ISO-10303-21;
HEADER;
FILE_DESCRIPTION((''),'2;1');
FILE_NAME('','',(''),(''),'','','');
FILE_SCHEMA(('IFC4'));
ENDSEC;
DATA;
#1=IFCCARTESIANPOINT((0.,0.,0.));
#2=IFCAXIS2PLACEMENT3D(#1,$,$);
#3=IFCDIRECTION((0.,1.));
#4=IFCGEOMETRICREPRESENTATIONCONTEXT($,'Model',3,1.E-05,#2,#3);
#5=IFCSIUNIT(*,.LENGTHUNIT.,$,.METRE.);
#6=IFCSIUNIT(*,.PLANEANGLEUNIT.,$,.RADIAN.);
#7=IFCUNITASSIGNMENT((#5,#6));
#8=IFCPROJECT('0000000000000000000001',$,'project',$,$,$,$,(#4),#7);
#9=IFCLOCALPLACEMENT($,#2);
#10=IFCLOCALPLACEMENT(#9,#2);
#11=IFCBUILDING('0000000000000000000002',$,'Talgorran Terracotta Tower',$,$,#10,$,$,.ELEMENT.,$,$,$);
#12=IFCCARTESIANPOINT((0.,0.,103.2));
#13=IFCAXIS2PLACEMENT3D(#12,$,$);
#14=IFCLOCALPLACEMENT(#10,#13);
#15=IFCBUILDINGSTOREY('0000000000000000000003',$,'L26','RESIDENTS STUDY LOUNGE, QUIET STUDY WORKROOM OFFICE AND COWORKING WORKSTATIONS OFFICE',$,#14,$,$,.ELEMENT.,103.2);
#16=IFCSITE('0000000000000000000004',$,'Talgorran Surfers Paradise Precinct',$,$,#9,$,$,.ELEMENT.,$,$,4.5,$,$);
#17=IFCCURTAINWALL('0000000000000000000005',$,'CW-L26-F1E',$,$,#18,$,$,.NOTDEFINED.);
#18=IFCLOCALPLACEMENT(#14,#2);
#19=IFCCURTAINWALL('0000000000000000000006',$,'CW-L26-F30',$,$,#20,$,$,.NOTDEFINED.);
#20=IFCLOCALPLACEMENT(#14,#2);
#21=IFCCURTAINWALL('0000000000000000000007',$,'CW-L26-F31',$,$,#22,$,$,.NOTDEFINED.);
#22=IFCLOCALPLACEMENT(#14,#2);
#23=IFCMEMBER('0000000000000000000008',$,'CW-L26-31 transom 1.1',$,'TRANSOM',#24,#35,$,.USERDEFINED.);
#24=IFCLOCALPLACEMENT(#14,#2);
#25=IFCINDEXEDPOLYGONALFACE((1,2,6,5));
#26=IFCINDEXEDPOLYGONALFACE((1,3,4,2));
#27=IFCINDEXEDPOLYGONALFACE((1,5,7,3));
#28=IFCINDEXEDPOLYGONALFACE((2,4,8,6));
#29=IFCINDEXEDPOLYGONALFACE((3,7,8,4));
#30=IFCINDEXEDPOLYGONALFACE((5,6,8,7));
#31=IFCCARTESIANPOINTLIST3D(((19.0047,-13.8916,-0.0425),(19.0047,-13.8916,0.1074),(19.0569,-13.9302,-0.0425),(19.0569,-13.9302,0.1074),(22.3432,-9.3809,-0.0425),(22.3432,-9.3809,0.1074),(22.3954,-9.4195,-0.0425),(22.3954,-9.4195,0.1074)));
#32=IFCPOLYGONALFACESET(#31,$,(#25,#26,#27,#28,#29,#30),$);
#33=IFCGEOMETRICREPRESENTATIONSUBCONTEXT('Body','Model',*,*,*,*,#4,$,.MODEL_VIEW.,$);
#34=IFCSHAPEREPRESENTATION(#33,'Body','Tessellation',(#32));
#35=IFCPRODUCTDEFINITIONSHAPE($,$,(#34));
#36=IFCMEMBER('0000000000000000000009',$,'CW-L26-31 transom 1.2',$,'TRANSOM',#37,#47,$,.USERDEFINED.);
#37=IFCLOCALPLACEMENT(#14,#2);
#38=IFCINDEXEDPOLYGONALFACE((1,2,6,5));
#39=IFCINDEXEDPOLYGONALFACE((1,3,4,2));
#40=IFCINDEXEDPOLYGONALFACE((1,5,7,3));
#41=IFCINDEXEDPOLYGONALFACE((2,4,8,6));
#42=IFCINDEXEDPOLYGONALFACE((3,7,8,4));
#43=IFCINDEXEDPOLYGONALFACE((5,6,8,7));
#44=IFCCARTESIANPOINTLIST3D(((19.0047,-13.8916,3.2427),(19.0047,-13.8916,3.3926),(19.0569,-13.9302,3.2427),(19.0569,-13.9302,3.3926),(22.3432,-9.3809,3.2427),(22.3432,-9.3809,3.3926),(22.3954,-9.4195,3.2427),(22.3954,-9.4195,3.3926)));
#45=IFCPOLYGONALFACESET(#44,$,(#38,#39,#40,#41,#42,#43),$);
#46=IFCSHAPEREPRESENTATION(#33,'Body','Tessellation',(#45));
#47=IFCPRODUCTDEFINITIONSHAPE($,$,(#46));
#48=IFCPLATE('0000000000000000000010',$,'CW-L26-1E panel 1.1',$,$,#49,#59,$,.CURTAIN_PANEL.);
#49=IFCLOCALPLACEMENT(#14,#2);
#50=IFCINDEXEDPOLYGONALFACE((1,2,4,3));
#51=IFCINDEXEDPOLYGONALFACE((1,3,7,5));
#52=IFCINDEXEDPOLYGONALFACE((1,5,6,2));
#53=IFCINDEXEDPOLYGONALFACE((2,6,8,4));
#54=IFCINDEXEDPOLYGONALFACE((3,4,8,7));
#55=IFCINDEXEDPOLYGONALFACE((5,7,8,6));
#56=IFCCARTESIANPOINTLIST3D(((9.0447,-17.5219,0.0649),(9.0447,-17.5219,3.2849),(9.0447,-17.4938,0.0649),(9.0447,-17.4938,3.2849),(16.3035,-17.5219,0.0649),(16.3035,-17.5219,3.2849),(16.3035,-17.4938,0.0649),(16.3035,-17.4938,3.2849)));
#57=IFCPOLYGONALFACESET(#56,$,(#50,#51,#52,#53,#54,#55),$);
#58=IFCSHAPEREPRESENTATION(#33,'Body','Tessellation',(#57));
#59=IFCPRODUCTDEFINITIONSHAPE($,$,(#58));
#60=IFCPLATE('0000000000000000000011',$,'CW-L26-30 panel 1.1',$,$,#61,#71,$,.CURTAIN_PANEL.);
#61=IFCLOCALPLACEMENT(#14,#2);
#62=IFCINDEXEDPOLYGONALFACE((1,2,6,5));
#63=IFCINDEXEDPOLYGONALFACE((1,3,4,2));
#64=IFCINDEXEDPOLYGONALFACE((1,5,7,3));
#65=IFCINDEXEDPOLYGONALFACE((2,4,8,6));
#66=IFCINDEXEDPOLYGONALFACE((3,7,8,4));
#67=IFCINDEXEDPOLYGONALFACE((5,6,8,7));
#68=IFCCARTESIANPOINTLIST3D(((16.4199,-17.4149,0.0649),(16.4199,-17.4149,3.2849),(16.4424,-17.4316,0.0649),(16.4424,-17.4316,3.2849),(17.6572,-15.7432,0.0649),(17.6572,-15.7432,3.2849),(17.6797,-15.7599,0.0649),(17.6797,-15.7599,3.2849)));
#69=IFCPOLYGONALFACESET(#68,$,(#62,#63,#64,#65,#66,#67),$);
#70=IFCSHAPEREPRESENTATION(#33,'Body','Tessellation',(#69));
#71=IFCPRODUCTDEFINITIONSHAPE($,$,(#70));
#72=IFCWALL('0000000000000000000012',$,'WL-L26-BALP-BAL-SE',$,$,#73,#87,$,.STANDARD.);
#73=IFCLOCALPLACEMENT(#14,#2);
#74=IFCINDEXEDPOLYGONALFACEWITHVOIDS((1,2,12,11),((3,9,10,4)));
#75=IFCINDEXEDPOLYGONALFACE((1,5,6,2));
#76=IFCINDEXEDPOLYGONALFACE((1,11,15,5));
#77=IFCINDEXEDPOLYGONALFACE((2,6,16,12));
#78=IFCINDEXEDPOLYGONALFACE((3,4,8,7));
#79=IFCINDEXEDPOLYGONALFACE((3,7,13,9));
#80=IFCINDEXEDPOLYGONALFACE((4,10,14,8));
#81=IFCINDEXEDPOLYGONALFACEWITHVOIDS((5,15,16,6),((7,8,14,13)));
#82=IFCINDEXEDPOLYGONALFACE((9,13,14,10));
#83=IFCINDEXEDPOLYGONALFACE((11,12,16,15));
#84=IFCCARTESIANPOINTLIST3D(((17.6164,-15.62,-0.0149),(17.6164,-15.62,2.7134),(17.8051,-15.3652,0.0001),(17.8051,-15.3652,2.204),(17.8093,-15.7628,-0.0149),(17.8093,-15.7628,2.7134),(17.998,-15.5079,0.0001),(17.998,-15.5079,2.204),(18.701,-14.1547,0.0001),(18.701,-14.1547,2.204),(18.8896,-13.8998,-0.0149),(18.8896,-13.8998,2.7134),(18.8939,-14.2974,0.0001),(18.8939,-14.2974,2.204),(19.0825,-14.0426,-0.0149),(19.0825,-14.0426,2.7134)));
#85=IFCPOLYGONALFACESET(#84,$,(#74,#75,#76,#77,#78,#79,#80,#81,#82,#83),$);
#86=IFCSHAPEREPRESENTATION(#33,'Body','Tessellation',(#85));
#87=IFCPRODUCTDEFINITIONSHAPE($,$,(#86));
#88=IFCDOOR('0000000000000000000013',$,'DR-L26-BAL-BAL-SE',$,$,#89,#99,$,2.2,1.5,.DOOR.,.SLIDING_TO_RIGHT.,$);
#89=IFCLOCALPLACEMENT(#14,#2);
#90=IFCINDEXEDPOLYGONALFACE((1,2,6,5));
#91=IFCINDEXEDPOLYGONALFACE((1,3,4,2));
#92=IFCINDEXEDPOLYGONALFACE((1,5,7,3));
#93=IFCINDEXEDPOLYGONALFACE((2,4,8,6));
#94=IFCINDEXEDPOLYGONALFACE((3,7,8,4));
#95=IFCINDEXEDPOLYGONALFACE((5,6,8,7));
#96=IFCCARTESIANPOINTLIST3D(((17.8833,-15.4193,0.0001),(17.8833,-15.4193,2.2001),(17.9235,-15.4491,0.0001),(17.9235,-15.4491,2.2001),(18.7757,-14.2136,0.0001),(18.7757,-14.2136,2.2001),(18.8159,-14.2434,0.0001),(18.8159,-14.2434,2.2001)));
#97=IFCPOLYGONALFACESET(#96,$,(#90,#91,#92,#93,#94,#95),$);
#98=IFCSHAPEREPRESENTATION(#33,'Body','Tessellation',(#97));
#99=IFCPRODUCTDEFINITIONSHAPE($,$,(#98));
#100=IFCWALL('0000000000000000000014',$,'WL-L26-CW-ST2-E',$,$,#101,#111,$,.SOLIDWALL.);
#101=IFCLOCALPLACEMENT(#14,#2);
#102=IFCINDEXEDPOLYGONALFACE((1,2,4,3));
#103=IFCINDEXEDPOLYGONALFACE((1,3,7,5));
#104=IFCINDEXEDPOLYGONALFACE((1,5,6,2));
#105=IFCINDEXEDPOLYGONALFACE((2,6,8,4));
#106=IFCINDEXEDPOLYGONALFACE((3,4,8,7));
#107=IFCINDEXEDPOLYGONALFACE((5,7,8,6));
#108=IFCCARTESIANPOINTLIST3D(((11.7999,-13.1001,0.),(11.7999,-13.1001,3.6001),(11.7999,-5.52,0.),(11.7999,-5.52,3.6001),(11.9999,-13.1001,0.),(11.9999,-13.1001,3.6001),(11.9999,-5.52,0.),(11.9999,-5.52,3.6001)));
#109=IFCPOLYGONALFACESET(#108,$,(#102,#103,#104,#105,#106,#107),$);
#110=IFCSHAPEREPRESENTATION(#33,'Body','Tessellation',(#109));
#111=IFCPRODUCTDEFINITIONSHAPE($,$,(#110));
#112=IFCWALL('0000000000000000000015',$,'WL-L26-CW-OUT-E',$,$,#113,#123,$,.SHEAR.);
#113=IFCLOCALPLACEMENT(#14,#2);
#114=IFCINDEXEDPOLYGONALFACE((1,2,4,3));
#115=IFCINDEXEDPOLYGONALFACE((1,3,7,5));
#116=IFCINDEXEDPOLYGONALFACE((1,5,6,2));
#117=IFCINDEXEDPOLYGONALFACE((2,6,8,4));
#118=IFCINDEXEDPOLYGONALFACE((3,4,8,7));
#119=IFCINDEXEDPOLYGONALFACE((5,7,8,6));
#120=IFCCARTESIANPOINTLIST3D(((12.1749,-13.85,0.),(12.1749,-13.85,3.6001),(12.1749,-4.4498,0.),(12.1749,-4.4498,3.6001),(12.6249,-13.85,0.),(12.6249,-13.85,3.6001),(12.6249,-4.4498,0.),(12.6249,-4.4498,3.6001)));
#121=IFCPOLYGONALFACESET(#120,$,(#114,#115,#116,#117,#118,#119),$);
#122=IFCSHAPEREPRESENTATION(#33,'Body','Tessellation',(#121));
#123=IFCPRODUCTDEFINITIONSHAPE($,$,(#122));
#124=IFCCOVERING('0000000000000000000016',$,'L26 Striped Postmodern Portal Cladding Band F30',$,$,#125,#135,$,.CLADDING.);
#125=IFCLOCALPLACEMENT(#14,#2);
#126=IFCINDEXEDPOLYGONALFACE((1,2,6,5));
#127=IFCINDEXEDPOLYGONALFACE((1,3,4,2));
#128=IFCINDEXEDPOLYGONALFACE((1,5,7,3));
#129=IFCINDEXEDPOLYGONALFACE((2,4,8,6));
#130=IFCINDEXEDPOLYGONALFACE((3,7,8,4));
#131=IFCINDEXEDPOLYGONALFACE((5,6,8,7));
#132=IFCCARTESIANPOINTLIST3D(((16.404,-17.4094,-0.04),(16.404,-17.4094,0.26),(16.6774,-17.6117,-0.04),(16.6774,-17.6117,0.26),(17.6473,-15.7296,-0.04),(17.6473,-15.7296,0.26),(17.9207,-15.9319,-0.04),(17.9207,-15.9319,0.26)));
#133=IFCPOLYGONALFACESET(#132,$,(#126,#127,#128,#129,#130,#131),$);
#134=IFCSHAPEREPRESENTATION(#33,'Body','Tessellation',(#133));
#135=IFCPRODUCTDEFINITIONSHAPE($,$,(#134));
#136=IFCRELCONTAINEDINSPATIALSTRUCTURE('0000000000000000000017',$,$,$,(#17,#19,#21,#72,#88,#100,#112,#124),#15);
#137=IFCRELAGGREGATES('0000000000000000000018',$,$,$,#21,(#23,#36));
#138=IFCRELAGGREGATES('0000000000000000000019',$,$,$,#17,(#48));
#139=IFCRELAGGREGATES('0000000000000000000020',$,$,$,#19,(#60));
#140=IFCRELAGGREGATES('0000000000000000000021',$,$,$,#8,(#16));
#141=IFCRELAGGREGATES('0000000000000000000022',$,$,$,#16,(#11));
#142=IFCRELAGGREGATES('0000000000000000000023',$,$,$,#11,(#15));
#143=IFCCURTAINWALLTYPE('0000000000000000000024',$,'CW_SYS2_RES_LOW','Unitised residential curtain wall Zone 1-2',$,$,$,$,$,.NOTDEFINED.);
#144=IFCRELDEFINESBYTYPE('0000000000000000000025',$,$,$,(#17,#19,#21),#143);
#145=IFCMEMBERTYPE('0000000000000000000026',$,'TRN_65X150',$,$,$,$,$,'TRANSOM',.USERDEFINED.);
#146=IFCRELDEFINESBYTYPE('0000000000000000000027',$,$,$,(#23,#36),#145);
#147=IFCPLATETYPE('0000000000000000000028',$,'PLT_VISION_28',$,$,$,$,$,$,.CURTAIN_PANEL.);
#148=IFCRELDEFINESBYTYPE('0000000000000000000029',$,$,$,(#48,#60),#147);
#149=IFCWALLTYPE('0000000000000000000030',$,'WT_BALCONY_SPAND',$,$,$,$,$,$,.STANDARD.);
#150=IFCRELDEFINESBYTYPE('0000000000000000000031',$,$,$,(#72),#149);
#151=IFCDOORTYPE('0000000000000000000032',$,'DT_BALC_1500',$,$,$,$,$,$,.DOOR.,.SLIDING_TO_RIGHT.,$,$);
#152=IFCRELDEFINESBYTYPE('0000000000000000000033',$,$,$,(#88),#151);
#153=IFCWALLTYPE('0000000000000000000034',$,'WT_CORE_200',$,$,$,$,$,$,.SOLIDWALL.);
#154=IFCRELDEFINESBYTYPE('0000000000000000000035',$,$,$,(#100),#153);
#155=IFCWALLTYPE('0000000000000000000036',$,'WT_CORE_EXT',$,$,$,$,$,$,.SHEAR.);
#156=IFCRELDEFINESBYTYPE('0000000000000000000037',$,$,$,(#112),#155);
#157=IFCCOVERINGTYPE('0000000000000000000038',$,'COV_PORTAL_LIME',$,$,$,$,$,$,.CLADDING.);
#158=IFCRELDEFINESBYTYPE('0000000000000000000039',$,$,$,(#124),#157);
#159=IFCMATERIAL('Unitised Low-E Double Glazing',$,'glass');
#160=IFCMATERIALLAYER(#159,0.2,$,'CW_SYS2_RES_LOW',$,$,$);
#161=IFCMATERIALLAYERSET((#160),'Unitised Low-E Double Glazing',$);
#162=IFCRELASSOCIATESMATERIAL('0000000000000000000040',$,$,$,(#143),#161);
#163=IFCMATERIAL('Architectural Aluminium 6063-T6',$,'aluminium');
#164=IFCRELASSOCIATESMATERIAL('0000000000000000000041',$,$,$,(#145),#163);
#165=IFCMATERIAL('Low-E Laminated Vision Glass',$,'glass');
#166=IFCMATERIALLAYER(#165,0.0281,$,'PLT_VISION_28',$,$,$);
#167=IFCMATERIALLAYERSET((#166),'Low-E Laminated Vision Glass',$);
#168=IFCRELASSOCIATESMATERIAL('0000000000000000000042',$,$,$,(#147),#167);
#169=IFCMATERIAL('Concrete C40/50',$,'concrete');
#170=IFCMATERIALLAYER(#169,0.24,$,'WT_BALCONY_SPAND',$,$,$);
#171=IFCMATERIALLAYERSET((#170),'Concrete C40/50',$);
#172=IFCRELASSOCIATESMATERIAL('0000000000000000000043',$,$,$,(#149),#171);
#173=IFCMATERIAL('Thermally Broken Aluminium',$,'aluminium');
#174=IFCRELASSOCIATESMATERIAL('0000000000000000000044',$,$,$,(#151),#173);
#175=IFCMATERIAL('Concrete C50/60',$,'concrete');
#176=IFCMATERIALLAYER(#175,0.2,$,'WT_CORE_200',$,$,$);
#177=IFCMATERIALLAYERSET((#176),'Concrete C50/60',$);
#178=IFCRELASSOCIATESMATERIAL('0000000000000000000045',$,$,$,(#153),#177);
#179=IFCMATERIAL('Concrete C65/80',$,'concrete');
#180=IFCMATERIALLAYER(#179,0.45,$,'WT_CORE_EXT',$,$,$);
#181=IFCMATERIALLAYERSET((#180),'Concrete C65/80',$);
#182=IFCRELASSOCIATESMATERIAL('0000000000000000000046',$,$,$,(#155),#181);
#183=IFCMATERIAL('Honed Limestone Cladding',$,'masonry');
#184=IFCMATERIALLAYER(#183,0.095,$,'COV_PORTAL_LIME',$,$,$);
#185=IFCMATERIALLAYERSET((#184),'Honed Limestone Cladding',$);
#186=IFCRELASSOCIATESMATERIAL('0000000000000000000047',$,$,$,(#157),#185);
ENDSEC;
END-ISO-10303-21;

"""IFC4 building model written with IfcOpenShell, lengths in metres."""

from ifc_helpers import new_model, si_unit, direction, frame, frame_2d, origin, origin_2d, place, context, subcontext, project, spatial, rectangle, extrude, source, transform, mapped, material, layer, layer_set, material_profile, profile_set, type_object, type_shapes, element, fill, aggregate, save


model = new_model("IFC4")

# Units and contexts
model_context = context("Model", 3, precision=1e-05, world=origin(), true_north=direction((0.0, 1.0)))
body_context = subcontext(model_context, "Body", "Model", "MODEL_VIEW")
ifc_project = project(units=[si_unit("LENGTHUNIT", "METRE"), si_unit("PLANEANGLEUNIT", "RADIAN")], contexts=[model_context])

# Site, building, storey
site_placement = place(None, origin())
site = spatial("IfcSite", under=ifc_project, at=site_placement, Name="Talgorran Surfers Paradise Precinct", CompositionType="ELEMENT", RefElevation=4.5)
building_placement = place(site_placement, origin())
building = spatial("IfcBuilding", under=site, at=building_placement, Name="Talgorran Terracotta Tower", CompositionType="ELEMENT")
storey_placement = place(building_placement, frame((0.0, 0.0, 103.2)))
storey = spatial("IfcBuildingStorey", under=building, at=storey_placement, Name="L26", Description="RESIDENTS STUDY LOUNGE, QUIET STUDY WORKROOM OFFICE AND COWORKING WORKSTATIONS OFFICE", CompositionType="ELEMENT", Elevation=103.2)

# Curtain wall
ifc_material_1 = material(Name="Unitised Low-E Double Glazing", Category="glass")
ifc_layer_1 = layer(ifc_material_1, 0.2, Name="CW_SYS2_RES_LOW")
ifc_layer_set_1 = layer_set([ifc_layer_1], Name="Unitised Low-E Double Glazing")
curtain_wall_type = type_object("IfcCurtainWallType", Name="CW_SYS2_RES_LOW", Description="Unitised residential curtain wall Zone 1-2", PredefinedType="NOTDEFINED", material=ifc_layer_set_1)
curtain_wall_1_placement = place(storey_placement, origin())
curtain_wall_1 = element("IfcCurtainWall", 1, at=curtain_wall_1_placement, inside=storey, type_object=curtain_wall_type, Name="CW-L26-F1E", PredefinedType="NOTDEFINED")
ifc_material_2 = material(Name="Architectural Aluminium 6063-T6", Category="aluminium")

# Curtain wall
curtain_wall_2_placement = place(storey_placement, origin())
curtain_wall_2 = element("IfcCurtainWall", 2, at=curtain_wall_2_placement, inside=storey, type_object=curtain_wall_type, Name="CW-L26-F30", PredefinedType="NOTDEFINED")

# Curtain wall
curtain_wall_3_placement = place(storey_placement, origin())
curtain_wall_3 = element("IfcCurtainWall", 3, at=curtain_wall_3_placement, inside=storey, type_object=curtain_wall_type, Name="CW-L26-F31", PredefinedType="NOTDEFINED")

# Members
ifc_material_profile_1 = material_profile(ifc_material_2, rectangle(XDim=0.0649, YDim=0.1499, at=origin_2d()), Name="CWT65X150")
ifc_profile_set_1 = profile_set([ifc_material_profile_1], Name="Architectural Aluminium 6063-T6")
member_type_1 = type_object("IfcMemberType", Name="TRN_65X150", ElementType="TRANSOM", PredefinedType="USERDEFINED", material=ifc_profile_set_1)
member_1_placement = place(storey_placement, frame((19.0308, -13.9109, 0.0325), z_axis=(0.594921, 0.803784, 0.0), x_axis=(-0.803784, 0.594921, 0.0)))
member_1 = element("IfcMember", 4, at=member_1_placement, type_object=member_type_1, Name="CW-L26-31 transom 1.1", ObjectType="TRANSOM", PredefinedType="USERDEFINED", context=body_context, shape_type="SweptSolid", body=[
    extrude(rectangle(XDim=0.0649, YDim=0.1499, at=origin_2d()), origin(), (0.0, 0.0, 1.0), 5.6118),
])
member_2_placement = place(storey_placement, frame((19.0308, -13.9109, 3.3176), z_axis=(0.594921, 0.803784, 0.0), x_axis=(-0.803784, 0.594921, 0.0)))
member_2 = element("IfcMember", 5, at=member_2_placement, type_object=member_type_1, Name="CW-L26-31 transom 1.2", ObjectType="TRANSOM", PredefinedType="USERDEFINED", context=body_context, shape_type="SweptSolid", body=[
    extrude(rectangle(XDim=0.0649, YDim=0.1499, at=origin_2d()), origin(), (0.0, 0.0, 1.0), 5.6118),
])
aggregate(curtain_wall_3, [member_1, member_2])

# Plates
ifc_material_3 = material(Name="Low-E Laminated Vision Glass", Category="glass")
ifc_layer_2 = layer(ifc_material_3, 0.0281, Name="PLT_VISION_28")
ifc_layer_set_2 = layer_set([ifc_layer_2], Name="Low-E Laminated Vision Glass")
plate_type = type_object("IfcPlateType", Name="PLT_VISION_28", PredefinedType="CURTAIN_PANEL", material=ifc_layer_set_2)
shared_shape_1 = source(origin(), body_context, "Body", "SweptSolid", [
    extrude(rectangle(XDim=7.2588, YDim=0.0281, at=origin_2d()), origin(), (0.0, 0.0, 1.0), 3.22),
])
plate_1_placement = place(storey_placement, frame((12.6741, -17.5078, 0.0649), z_axis=(0.0, 0.0, 1.0), x_axis=(1.0, 0.0, 0.0)))
plate_1 = element("IfcPlate", 6, at=plate_1_placement, type_object=plate_type, Name="CW-L26-1E panel 1.1", PredefinedType="CURTAIN_PANEL", context=body_context, shape_type="MappedRepresentation", body=[
    mapped(shared_shape_1, transform((0.0, 0.0, 0.0), scale=1.0)),
])
aggregate(curtain_wall_1, [plate_1])
shared_shape_2 = source(origin(), body_context, "Body", "SweptSolid", [
    extrude(rectangle(XDim=2.0798, YDim=0.0281, at=origin_2d()), origin(), (0.0, 0.0, 1.0), 3.22),
])
type_shapes(plate_type, [shared_shape_1, shared_shape_2])
plate_2_placement = place(storey_placement, frame((17.0498, -16.5874, 0.0649), z_axis=(0.0, 0.0, 1.0), x_axis=(0.594913, 0.80379, 0.0)))
plate_2 = element("IfcPlate", 7, at=plate_2_placement, type_object=plate_type, Name="CW-L26-30 panel 1.1", PredefinedType="CURTAIN_PANEL", context=body_context, shape_type="MappedRepresentation", body=[
    mapped(shared_shape_2, transform((0.0, 0.0, 0.0), scale=1.0)),
])
aggregate(curtain_wall_2, [plate_2])

# Wall, opening, door
ifc_material_4 = material(Name="Concrete C40/50", Category="concrete")
ifc_layer_3 = layer(ifc_material_4, 0.24, Name="WT_BALCONY_SPAND")
ifc_layer_set_3 = layer_set([ifc_layer_3], Name="Concrete C40/50")
wall_type_1 = type_object("IfcWallType", Name="WT_BALCONY_SPAND", PredefinedType="STANDARD", material=ifc_layer_set_3)
wall_1_placement = place(storey_placement, frame((17.7129, -15.6914, -0.0149), z_axis=(0.0, 0.0, 1.0), x_axis=(0.594914, 0.80379, 0.0)))
wall_1 = element("IfcWall", 8, at=wall_1_placement, inside=storey, type_object=wall_type_1, Name="WL-L26-BALP-BAL-SE", PredefinedType="STANDARD", context=body_context, shape_type="SweptSolid", body=[
    extrude(rectangle(XDim=2.1401, YDim=0.24, at=frame_2d((1.0701, 0.0))), origin(), (0.0, 0.0, 1.0), 2.7283),
])
opening_placement = place(wall_1_placement, frame((0.3201, 0.0, 0.0149)))
opening = element("IfcOpeningElement", 9, at=opening_placement, cuts=wall_1, PredefinedType="OPENING", context=body_context, shape_type="SweptSolid", body=[
    extrude(rectangle(XDim=1.506, YDim=2.204, at=frame_2d((0.75, 1.1021))), frame((0.0, 0.1299, 0.0), z_axis=(0.0, -1.0, 0.0), x_axis=(1.0, 0.0, 0.0)), (0.0, 0.0, 1.0), 0.26),
])
ifc_material_5 = material(Name="Thermally Broken Aluminium", Category="aluminium")
door_type = type_object("IfcDoorType", Name="DT_BALC_1500", OperationType="SLIDING_TO_RIGHT", PredefinedType="DOOR", material=ifc_material_5)
door_placement = place(opening_placement, origin())
door = element("IfcDoor", 10, at=door_placement, inside=storey, type_object=door_type, Name="DR-L26-BAL-BAL-SE", OperationType="SLIDING_TO_RIGHT", OverallHeight=2.2, OverallWidth=1.5, PredefinedType="DOOR", context=body_context, shape_type="SweptSolid", body=[
    extrude(rectangle(XDim=1.5, YDim=2.2, at=frame_2d((0.75, 1.1001))), frame((0.0, 0.0249, 0.0), z_axis=(0.0, -1.0, 0.0), x_axis=(1.0, 0.0, 0.0)), (0.0, 0.0, 1.0), 0.05),
])
fill(opening, door)

# Walls
ifc_material_6 = material(Name="Concrete C50/60", Category="concrete")
ifc_layer_4 = layer(ifc_material_6, 0.2, Name="WT_CORE_200")
ifc_layer_set_4 = layer_set([ifc_layer_4], Name="Concrete C50/60")
wall_type_2 = type_object("IfcWallType", Name="WT_CORE_200", PredefinedType="SOLIDWALL", material=ifc_layer_set_4)
wall_2_placement = place(storey_placement, frame((11.8999, -13.1001, 0.0), z_axis=(0.0, 0.0, 1.0), x_axis=(0.0, 1.0, 0.0)))
element("IfcWall", 11, at=wall_2_placement, inside=storey, type_object=wall_type_2, Name="WL-L26-CW-ST2-E", PredefinedType="SOLIDWALL", context=body_context, shape_type="SweptSolid", body=[
    extrude(rectangle(XDim=7.5801, YDim=0.2, at=frame_2d((3.79, 0.0))), origin(), (0.0, 0.0, 1.0), 3.6001),
])
ifc_material_7 = material(Name="Concrete C65/80", Category="concrete")
ifc_layer_5 = layer(ifc_material_7, 0.45, Name="WT_CORE_EXT")
ifc_layer_set_5 = layer_set([ifc_layer_5], Name="Concrete C65/80")
wall_type_3 = type_object("IfcWallType", Name="WT_CORE_EXT", PredefinedType="SHEAR", material=ifc_layer_set_5)
wall_3_placement = place(storey_placement, frame((12.3999, -13.8501, 0.0), z_axis=(0.0, 0.0, 1.0), x_axis=(0.0, 1.0, 0.0)))
element("IfcWall", 12, at=wall_3_placement, inside=storey, type_object=wall_type_3, Name="WL-L26-CW-OUT-E", PredefinedType="SHEAR", context=body_context, shape_type="SweptSolid", body=[
    extrude(rectangle(XDim=9.4001, YDim=0.45, at=frame_2d((4.7002, 0.0))), origin(), (0.0, 0.0, 1.0), 3.6001),
])

# Covering
ifc_material_8 = material(Name="Honed Limestone Cladding", Category="masonry")
ifc_layer_6 = layer(ifc_material_8, 0.095, Name="COV_PORTAL_LIME")
ifc_layer_set_6 = layer_set([ifc_layer_6], Name="Honed Limestone Cladding")
covering_type = type_object("IfcCoveringType", Name="COV_PORTAL_LIME", PredefinedType="CLADDING", material=ifc_layer_set_6)
covering_placement = place(storey_placement, frame((17.1624, -16.6707, -0.04), z_axis=(0.0, 0.0, 1.0), x_axis=(0.594907, 0.803795, 0.0)))
element("IfcCovering", 13, at=covering_placement, inside=storey, type_object=covering_type, Name="L26 Striped Postmodern Portal Cladding Band F30", PredefinedType="CLADDING", context=body_context, shape_type="SweptSolid", body=[
    extrude(rectangle(XDim=2.0898, YDim=0.3401, at=origin_2d()), origin(), (0.0, 0.0, 1.0), 0.3),
])

save(model, "model.ifc")
